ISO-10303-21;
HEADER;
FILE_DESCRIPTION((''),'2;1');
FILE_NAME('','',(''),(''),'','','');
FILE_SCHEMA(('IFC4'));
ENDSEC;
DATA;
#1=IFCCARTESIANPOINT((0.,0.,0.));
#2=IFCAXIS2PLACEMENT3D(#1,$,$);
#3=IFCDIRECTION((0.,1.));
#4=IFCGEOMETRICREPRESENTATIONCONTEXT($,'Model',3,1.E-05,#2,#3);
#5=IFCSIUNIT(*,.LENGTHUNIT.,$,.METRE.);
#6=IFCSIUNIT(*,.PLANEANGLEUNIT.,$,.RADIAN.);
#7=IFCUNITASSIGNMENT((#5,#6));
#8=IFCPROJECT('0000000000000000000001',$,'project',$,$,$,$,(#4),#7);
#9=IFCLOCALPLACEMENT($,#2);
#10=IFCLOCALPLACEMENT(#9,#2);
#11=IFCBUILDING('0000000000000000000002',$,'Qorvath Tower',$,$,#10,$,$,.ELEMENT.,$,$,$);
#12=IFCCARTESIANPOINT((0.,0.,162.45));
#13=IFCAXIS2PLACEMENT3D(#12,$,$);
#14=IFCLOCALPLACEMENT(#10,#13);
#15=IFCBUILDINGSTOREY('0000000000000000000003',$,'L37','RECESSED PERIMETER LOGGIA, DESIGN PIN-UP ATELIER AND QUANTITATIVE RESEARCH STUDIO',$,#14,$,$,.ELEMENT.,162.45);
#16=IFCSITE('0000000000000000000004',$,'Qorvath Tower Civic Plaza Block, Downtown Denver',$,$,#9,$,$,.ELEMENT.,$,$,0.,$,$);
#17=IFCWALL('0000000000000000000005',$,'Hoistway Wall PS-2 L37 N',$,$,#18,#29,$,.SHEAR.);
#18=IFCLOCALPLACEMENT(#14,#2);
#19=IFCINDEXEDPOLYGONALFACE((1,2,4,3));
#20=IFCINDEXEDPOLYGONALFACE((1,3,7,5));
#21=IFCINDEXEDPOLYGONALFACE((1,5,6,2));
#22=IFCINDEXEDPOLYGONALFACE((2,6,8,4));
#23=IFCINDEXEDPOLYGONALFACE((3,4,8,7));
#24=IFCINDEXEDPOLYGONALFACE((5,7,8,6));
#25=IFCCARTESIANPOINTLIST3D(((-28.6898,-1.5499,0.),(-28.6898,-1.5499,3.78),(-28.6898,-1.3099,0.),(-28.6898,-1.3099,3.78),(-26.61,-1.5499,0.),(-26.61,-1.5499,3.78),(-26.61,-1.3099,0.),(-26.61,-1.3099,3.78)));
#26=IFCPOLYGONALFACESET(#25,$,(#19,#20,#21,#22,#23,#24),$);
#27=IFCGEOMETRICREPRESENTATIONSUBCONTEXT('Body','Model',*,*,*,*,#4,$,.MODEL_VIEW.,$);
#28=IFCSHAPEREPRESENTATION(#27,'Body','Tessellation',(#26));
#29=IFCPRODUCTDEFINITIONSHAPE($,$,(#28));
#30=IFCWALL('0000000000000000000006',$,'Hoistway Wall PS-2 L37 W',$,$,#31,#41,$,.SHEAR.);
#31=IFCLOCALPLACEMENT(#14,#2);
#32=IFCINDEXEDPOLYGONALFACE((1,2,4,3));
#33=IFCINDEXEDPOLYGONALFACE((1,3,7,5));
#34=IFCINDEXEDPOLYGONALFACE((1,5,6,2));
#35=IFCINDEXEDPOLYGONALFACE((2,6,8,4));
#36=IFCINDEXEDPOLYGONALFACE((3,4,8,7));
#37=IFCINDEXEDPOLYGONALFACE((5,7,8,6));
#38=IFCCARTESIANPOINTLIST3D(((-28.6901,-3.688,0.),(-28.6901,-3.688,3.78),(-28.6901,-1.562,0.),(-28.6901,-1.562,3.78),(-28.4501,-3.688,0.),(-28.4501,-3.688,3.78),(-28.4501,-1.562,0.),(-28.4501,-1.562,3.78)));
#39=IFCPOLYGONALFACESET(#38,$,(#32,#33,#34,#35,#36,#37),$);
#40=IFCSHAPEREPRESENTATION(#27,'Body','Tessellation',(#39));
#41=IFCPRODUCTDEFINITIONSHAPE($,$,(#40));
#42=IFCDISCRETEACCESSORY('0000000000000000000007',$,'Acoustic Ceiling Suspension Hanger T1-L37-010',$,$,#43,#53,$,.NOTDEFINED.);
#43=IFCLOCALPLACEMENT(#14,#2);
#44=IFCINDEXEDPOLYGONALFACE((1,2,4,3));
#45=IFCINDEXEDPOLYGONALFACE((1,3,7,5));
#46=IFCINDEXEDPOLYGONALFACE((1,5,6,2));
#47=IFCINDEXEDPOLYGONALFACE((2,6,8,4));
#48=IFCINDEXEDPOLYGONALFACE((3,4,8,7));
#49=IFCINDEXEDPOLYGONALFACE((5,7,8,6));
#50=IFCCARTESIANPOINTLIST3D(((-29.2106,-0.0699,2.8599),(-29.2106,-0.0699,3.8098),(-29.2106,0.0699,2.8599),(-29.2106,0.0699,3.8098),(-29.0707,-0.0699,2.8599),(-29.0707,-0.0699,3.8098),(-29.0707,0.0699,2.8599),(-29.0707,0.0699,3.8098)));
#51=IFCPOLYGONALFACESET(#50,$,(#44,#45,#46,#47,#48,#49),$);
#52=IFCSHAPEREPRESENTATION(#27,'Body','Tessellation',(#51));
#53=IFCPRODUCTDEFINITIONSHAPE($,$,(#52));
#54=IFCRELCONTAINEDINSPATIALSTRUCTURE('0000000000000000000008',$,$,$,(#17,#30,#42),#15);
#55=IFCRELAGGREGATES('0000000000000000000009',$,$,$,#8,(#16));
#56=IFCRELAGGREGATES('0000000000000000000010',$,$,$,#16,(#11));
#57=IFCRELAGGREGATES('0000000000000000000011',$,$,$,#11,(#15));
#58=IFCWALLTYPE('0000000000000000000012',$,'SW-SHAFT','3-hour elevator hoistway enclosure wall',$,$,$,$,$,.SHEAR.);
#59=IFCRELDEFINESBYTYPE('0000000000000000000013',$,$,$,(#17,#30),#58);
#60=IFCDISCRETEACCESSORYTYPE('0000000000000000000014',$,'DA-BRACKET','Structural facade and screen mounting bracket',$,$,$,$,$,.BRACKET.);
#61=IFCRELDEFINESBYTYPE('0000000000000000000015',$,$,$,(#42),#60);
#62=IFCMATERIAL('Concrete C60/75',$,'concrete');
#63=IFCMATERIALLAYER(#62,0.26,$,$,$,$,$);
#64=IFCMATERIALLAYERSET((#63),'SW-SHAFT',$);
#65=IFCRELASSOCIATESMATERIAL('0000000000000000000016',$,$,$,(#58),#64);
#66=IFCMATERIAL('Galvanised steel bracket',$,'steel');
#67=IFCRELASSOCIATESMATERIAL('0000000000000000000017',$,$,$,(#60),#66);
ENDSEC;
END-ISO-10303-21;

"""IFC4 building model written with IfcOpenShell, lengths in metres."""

from ifc_helpers import new_model, si_unit, direction, frame, frame_2d, origin, origin_2d, place, context, subcontext, project, spatial, rectangle, extrude, material, layer, layer_set, type_object, element, save


model = new_model("IFC4")

# Units and contexts
model_context = context("Model", 3, precision=1e-05, world=origin(), true_north=direction((0.0, 1.0)))
body_context = subcontext(model_context, "Body", "Model", "MODEL_VIEW")
ifc_project = project(units=[si_unit("LENGTHUNIT", "METRE"), si_unit("PLANEANGLEUNIT", "RADIAN")], contexts=[model_context])

# Site, building, storey
site_placement = place(None, origin())
site = spatial("IfcSite", under=ifc_project, at=site_placement, Name="Qorvath Tower Civic Plaza Block, Downtown Denver", CompositionType="ELEMENT", RefElevation=0.0)
building_placement = place(site_placement, origin())
building = spatial("IfcBuilding", under=site, at=building_placement, Name="Qorvath Tower", CompositionType="ELEMENT")
storey_placement = place(building_placement, frame((0.0, 0.0, 162.45)))
storey = spatial("IfcBuildingStorey", under=building, at=storey_placement, Name="L37", Description="RECESSED PERIMETER LOGGIA, DESIGN PIN-UP ATELIER AND QUANTITATIVE RESEARCH STUDIO", CompositionType="ELEMENT", Elevation=162.45)

# Shared definitions
ifc_material_1 = material(Name="Concrete C60/75", Category="concrete")
ifc_layer_1 = layer(ifc_material_1, 0.26)
ifc_layer_set_1 = layer_set([ifc_layer_1], Name="SW-SHAFT")
wall_type_1 = type_object("IfcWallType", Name="SW-SHAFT", Description="3-hour elevator hoistway enclosure wall", PredefinedType="SHEAR", material=ifc_layer_set_1)

# Walls
wall_1_placement = place(storey_placement, frame((-28.6899, -1.4299, 0.0), z_axis=(0.0, 0.0, 1.0), x_axis=(1.0, 0.0, 0.0)))
element("IfcWall", 1, at=wall_1_placement, inside=storey, type_object=wall_type_1, Name="Hoistway Wall PS-2 L37 N", PredefinedType="SHEAR", context=body_context, shape_type="SweptSolid", body=[
    extrude(rectangle(XDim=2.0798, YDim=0.24, at=frame_2d((1.04, 0.0))), origin(), (0.0, 0.0, 1.0), 3.78),
])
wall_2_placement = place(storey_placement, frame((-28.5701, -3.688, 0.0), z_axis=(0.0, 0.0, 1.0), x_axis=(0.0, 1.0, 0.0)))
element("IfcWall", 2, at=wall_2_placement, inside=storey, type_object=wall_type_1, Name="Hoistway Wall PS-2 L37 W", PredefinedType="SHEAR", context=body_context, shape_type="SweptSolid", body=[
    extrude(rectangle(XDim=2.126, YDim=0.24, at=frame_2d((1.063, 0.0))), origin(), (0.0, 0.0, 1.0), 3.78),
])

# Discrete accessory
ifc_material_2 = material(Name="Galvanised steel bracket", Category="steel")
discrete_accessory_type = type_object("IfcDiscreteAccessoryType", Name="DA-BRACKET", Description="Structural facade and screen mounting bracket", PredefinedType="BRACKET", material=ifc_material_2)
discrete_accessory_placement = place(storey_placement, frame((-29.1406, 0.0, 2.8599), z_axis=(0.0, 0.0, 1.0), x_axis=(1.0, 0.0, 0.0)))
element("IfcDiscreteAccessory", 3, at=discrete_accessory_placement, inside=storey, type_object=discrete_accessory_type, Name="Acoustic Ceiling Suspension Hanger T1-L37-010", PredefinedType="NOTDEFINED", context=body_context, shape_type="SweptSolid", body=[
    extrude(rectangle(XDim=0.1399, YDim=0.1399, at=origin_2d()), origin(), (0.0, 0.0, 1.0), 0.95),
])

save(model, "model.ifc")
